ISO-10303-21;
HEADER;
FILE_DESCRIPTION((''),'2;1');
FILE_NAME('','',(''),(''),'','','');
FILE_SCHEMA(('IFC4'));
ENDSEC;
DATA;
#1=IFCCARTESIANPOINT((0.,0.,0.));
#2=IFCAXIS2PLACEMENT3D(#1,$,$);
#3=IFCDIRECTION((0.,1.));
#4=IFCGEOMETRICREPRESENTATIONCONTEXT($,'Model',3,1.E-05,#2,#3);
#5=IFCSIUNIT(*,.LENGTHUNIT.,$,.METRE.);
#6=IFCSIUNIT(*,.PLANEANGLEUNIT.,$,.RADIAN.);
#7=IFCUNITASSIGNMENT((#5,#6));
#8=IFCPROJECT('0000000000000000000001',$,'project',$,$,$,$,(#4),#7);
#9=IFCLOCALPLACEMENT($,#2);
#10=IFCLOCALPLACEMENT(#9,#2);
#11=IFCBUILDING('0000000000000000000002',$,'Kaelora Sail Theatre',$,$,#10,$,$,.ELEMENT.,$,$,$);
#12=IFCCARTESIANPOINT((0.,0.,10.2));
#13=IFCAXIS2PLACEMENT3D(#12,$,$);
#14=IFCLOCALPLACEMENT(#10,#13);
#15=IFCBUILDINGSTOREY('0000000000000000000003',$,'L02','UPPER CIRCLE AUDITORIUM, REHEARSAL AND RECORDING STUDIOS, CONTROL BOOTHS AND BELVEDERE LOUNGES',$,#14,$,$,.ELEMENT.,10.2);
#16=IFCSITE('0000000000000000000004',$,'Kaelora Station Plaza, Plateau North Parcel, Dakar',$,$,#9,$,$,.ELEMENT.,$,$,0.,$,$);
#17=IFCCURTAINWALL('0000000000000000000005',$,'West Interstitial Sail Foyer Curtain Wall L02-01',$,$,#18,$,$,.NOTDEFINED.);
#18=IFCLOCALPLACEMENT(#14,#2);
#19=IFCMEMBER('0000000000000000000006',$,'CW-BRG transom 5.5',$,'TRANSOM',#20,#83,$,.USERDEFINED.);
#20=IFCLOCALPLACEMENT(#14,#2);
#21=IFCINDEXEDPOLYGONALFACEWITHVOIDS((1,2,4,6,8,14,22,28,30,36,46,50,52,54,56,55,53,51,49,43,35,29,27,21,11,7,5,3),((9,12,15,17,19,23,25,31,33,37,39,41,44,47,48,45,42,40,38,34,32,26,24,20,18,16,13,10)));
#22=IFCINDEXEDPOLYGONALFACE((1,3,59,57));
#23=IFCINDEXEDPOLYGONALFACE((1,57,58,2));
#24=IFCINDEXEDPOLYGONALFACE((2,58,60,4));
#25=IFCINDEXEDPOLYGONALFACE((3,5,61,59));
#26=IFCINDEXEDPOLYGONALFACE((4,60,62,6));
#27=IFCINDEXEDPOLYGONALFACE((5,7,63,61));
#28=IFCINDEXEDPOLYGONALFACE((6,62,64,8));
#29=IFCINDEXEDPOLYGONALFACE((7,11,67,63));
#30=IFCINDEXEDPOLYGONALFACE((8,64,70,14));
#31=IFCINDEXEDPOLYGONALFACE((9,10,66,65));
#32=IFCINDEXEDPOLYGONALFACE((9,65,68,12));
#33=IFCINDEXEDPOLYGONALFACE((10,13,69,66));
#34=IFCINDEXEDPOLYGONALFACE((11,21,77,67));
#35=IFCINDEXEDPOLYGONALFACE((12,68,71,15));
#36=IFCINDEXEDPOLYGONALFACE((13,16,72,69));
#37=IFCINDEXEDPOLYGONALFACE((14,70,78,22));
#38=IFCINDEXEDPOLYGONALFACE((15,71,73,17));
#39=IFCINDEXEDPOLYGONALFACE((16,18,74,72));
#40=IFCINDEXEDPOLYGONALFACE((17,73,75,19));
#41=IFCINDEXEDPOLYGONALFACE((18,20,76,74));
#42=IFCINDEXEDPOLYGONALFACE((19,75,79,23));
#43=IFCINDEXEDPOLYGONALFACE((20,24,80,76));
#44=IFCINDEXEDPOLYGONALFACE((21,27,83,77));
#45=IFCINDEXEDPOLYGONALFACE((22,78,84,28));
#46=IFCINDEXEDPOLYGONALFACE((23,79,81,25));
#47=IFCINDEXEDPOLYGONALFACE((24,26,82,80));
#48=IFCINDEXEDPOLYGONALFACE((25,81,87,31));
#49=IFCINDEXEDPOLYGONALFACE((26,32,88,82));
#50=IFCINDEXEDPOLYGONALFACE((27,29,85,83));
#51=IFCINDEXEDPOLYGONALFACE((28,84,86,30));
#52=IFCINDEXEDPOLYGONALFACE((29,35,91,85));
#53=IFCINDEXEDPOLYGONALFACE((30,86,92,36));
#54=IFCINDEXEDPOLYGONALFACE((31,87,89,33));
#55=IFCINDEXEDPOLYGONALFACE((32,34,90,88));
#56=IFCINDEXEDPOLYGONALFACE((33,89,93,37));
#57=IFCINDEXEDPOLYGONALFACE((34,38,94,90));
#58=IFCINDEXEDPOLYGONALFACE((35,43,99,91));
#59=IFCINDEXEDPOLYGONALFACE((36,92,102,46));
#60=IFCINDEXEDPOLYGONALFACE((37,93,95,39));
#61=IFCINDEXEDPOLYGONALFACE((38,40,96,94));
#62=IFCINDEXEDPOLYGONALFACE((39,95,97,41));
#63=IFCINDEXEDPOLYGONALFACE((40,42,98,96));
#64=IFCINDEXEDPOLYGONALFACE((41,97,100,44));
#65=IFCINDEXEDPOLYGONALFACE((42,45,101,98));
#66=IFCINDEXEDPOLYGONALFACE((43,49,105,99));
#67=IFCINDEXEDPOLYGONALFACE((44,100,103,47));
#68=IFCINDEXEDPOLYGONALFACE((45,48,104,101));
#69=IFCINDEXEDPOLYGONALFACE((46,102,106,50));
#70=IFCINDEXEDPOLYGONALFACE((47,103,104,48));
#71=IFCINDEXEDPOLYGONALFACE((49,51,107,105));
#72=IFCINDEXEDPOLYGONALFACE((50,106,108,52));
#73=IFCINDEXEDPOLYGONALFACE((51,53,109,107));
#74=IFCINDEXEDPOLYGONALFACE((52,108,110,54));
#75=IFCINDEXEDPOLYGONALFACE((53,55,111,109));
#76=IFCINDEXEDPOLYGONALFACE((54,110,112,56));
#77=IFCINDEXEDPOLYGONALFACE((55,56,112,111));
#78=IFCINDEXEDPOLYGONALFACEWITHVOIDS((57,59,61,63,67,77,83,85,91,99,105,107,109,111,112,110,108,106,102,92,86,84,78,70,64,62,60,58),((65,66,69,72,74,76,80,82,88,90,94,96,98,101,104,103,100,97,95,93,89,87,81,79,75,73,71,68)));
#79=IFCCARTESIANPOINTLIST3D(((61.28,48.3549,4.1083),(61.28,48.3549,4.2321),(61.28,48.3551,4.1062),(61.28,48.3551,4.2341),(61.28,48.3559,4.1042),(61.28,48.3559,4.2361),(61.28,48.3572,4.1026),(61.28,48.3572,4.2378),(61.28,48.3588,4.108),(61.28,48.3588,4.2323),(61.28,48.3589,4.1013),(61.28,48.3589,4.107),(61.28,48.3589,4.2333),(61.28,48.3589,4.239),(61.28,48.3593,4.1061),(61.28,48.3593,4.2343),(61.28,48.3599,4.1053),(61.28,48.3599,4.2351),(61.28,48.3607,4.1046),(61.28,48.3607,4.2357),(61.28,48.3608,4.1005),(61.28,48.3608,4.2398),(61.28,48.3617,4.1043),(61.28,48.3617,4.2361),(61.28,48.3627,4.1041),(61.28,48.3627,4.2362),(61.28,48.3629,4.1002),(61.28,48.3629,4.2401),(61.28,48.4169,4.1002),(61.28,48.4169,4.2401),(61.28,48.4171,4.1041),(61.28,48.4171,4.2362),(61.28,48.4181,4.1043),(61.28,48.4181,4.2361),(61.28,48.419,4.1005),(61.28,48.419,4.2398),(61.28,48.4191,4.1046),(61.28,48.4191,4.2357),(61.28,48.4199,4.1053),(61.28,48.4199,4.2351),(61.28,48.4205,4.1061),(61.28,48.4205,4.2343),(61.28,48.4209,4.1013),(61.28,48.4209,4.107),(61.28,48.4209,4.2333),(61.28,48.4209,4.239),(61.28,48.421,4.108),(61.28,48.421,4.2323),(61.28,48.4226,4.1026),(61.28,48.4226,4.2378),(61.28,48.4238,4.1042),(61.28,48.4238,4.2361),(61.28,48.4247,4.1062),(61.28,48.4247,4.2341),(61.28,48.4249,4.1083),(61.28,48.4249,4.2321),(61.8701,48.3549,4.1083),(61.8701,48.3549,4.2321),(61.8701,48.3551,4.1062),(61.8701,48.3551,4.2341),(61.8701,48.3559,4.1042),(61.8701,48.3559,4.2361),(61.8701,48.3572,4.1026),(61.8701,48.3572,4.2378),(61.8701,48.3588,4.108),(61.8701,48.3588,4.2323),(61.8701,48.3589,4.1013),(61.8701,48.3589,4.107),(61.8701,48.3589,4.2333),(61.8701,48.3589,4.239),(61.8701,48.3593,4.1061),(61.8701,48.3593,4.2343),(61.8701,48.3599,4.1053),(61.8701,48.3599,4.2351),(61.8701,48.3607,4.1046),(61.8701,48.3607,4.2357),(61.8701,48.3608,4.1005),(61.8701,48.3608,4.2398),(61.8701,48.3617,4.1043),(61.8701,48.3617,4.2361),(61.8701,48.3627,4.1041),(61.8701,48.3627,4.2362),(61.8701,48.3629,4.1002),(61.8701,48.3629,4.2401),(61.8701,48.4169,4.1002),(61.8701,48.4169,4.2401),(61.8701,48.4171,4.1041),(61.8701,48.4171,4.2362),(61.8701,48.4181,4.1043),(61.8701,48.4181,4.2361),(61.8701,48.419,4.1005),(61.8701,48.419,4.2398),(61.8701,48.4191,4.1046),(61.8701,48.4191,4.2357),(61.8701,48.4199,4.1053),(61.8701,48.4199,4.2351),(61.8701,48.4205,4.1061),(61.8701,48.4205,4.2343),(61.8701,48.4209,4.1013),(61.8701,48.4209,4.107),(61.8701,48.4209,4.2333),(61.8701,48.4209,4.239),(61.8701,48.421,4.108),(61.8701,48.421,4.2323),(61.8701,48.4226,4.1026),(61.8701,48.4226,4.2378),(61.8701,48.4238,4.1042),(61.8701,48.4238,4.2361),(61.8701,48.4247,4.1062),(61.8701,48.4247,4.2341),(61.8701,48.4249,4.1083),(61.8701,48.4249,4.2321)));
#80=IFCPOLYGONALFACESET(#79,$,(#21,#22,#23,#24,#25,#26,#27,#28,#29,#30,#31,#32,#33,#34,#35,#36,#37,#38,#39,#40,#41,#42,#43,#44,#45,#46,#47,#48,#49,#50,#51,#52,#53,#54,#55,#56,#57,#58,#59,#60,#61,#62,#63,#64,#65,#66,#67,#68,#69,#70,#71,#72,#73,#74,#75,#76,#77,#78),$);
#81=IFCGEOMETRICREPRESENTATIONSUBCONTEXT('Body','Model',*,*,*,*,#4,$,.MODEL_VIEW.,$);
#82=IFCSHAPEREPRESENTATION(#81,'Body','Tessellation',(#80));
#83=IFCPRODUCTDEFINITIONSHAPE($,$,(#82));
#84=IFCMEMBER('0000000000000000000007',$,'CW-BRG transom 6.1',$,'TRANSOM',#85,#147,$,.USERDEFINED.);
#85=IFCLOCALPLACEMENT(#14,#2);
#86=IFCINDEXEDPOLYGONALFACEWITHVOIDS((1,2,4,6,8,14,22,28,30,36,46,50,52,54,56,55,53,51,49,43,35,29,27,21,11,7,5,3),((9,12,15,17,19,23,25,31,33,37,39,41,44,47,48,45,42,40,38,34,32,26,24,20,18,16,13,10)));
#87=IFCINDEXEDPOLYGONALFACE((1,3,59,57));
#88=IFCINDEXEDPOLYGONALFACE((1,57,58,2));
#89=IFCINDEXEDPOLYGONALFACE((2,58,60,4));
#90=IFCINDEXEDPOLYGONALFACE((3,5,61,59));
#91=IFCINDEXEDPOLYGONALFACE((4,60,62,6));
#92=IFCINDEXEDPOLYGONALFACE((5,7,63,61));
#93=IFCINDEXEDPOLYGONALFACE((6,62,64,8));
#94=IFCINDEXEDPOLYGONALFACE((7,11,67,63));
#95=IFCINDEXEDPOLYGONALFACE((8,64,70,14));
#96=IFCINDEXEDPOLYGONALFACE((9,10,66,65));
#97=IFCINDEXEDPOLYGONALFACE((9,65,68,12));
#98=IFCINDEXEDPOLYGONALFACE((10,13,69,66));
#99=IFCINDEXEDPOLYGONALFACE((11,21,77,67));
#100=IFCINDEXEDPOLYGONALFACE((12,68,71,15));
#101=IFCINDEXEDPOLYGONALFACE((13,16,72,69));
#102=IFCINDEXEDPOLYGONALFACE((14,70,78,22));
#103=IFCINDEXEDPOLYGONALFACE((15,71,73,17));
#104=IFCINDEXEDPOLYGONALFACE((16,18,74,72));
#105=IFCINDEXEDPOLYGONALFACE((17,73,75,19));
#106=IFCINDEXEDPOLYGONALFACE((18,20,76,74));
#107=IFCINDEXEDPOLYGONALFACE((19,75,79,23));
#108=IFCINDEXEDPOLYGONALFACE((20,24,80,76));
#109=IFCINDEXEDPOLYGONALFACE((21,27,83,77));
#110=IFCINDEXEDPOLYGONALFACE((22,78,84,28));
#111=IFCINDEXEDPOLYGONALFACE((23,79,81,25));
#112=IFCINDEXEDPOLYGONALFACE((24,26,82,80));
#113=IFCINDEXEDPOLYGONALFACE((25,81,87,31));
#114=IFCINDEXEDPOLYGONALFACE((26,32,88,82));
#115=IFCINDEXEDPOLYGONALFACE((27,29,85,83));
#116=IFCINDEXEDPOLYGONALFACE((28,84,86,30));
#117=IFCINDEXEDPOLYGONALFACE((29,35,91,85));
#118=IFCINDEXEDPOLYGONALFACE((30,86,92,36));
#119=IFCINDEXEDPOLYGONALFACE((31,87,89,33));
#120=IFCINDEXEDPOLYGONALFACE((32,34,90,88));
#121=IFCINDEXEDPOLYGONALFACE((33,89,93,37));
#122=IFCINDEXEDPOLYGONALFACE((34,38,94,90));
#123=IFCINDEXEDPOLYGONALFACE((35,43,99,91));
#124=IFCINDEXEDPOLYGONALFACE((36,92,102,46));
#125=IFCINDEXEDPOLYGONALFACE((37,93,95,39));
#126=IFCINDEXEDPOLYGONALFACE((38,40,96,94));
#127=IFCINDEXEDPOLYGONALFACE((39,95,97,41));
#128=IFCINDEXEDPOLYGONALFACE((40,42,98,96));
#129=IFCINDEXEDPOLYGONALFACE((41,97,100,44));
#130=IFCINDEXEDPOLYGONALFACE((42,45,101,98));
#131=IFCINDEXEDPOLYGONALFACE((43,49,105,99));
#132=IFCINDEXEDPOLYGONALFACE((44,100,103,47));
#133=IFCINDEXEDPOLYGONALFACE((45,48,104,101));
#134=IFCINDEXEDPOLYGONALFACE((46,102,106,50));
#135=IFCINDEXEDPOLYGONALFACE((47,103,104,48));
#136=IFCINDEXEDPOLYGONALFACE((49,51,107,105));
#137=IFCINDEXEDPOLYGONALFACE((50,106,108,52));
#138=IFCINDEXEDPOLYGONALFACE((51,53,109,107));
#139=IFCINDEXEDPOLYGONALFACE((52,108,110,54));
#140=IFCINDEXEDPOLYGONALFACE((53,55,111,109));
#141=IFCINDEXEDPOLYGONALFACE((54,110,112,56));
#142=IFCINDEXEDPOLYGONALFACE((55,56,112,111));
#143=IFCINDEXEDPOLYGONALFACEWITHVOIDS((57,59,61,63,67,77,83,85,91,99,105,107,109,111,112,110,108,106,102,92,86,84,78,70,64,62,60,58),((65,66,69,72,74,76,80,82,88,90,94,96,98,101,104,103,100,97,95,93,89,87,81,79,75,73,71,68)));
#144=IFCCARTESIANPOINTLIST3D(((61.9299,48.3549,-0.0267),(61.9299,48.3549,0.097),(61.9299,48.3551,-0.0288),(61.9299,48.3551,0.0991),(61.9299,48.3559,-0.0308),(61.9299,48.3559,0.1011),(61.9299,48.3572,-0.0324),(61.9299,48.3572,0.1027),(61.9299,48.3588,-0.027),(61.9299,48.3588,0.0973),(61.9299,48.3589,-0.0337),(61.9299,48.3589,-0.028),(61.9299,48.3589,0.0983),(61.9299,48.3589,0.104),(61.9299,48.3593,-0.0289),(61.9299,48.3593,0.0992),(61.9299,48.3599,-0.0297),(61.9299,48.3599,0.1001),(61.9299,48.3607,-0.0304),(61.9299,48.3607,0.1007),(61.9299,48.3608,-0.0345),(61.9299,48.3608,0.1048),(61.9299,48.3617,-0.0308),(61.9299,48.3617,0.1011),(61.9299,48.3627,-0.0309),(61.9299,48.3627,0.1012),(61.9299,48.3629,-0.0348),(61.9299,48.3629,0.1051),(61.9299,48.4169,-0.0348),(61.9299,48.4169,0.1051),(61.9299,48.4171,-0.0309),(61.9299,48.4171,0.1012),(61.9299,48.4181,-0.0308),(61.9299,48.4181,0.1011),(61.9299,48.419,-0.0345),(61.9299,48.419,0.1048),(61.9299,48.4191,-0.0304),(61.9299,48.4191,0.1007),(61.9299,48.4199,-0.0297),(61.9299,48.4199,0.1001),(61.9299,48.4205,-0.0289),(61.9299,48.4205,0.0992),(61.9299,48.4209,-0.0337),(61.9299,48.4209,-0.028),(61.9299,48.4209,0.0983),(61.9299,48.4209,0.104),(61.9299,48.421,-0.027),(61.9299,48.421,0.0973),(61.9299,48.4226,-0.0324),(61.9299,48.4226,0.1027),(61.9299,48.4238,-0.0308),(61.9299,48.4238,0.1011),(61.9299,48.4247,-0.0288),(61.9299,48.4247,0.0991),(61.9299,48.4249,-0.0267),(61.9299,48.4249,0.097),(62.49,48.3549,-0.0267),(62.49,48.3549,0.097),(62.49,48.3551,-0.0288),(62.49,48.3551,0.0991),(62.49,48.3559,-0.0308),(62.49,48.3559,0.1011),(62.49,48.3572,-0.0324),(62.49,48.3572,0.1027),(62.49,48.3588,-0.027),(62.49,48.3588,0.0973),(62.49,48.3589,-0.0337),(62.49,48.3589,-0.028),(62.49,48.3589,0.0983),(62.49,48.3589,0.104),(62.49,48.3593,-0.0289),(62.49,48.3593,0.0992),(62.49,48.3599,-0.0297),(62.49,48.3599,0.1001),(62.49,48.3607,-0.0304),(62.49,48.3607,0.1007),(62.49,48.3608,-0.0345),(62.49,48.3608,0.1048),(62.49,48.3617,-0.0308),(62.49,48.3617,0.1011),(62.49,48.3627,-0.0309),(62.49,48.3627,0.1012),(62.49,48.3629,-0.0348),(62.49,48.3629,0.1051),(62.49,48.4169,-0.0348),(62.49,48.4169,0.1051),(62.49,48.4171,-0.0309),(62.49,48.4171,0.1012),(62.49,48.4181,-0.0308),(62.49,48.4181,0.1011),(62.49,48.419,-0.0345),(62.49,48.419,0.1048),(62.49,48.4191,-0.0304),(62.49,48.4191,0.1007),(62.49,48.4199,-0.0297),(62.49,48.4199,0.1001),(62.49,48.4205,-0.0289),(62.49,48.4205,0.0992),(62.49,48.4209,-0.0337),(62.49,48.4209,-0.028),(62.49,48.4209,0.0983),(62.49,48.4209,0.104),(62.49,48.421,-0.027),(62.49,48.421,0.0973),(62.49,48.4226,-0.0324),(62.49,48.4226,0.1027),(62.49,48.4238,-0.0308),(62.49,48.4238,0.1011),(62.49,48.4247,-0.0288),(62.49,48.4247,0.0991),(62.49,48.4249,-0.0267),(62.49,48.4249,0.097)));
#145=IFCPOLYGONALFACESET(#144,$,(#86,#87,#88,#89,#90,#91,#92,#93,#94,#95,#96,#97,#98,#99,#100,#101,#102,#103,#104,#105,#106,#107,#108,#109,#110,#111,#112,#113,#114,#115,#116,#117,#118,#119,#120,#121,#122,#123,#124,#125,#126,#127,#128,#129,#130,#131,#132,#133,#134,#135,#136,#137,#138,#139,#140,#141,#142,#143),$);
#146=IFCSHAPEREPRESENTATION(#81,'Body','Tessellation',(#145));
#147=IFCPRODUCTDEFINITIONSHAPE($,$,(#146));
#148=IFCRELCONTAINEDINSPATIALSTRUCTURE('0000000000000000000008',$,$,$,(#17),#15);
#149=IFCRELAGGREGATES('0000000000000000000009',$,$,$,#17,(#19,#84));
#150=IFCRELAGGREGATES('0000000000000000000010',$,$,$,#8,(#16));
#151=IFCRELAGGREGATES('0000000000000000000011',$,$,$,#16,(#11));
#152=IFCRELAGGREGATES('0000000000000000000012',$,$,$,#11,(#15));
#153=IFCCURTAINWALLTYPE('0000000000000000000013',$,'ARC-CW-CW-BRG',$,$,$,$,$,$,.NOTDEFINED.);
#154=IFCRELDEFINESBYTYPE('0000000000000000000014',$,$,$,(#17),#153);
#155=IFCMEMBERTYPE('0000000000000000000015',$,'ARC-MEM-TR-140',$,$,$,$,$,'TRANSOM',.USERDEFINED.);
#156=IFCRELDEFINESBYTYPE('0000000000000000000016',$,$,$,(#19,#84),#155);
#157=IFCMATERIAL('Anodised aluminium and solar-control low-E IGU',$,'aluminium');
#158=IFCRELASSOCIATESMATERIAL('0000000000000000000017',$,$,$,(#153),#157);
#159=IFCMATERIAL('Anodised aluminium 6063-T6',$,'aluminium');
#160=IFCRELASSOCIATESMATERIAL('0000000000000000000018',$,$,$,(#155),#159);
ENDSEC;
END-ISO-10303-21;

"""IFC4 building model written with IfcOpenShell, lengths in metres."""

from ifc_helpers import new_model, si_unit, direction, frame, origin, origin_2d, place, context, subcontext, project, spatial, hollow_rectangle, extrude, material, material_profile, profile_set, type_object, element, aggregate, save


model = new_model("IFC4")

# Units and contexts
model_context = context("Model", 3, precision=1e-05, world=origin(), true_north=direction((0.0, 1.0)))
body_context = subcontext(model_context, "Body", "Model", "MODEL_VIEW")
ifc_project = project(units=[si_unit("LENGTHUNIT", "METRE"), si_unit("PLANEANGLEUNIT", "RADIAN")], contexts=[model_context])

# Site, building, storey
site_placement = place(None, origin())
site = spatial("IfcSite", under=ifc_project, at=site_placement, Name="Kaelora Station Plaza, Plateau North Parcel, Dakar", CompositionType="ELEMENT", RefElevation=0.0)
building_placement = place(site_placement, origin())
building = spatial("IfcBuilding", under=site, at=building_placement, Name="Kaelora Sail Theatre", CompositionType="ELEMENT")
storey_placement = place(building_placement, frame((0.0, 0.0, 10.2)))
storey = spatial("IfcBuildingStorey", under=building, at=storey_placement, Name="L02", Description="UPPER CIRCLE AUDITORIUM, REHEARSAL AND RECORDING STUDIOS, CONTROL BOOTHS AND BELVEDERE LOUNGES", CompositionType="ELEMENT", Elevation=10.2)

# Curtain wall, members
ifc_material_1 = material(Name="Anodised aluminium and solar-control low-E IGU", Category="aluminium")
curtain_wall_type = type_object("IfcCurtainWallType", Name="ARC-CW-CW-BRG", PredefinedType="NOTDEFINED", material=ifc_material_1)
curtain_wall_placement = place(storey_placement, origin())
curtain_wall = element("IfcCurtainWall", 1, at=curtain_wall_placement, inside=storey, type_object=curtain_wall_type, Name="West Interstitial Sail Foyer Curtain Wall L02-01", PredefinedType="NOTDEFINED")
ifc_material_2 = material(Name="Anodised aluminium 6063-T6", Category="aluminium")
ifc_material_profile_1 = material_profile(ifc_material_2, hollow_rectangle(XDim=0.0701, YDim=0.1399, WallThickness=0.0039, InnerFilletRadius=0.0039, OuterFilletRadius=0.0081, at=origin_2d()), Name="ALU-TRAN 70x140x4")
ifc_profile_set_1 = profile_set([ifc_material_profile_1], Name="Anodised aluminium 6063-T6")
member_type_1 = type_object("IfcMemberType", Name="ARC-MEM-TR-140", ElementType="TRANSOM", PredefinedType="USERDEFINED", material=ifc_profile_set_1)
member_1_placement = place(storey_placement, frame((61.28, 48.3899, 4.1702), z_axis=(1.0, 0.0, 0.0), x_axis=(0.0, 1.0, 0.0)))
member_1 = element("IfcMember", 2, at=member_1_placement, type_object=member_type_1, Name="CW-BRG transom 5.5", ObjectType="TRANSOM", PredefinedType="USERDEFINED", context=body_context, shape_type="SweptSolid", body=[
    extrude(hollow_rectangle(XDim=0.0701, YDim=0.1399, WallThickness=0.0039, InnerFilletRadius=0.0039, OuterFilletRadius=0.0081, at=origin_2d()), origin(), (0.0, 0.0, 1.0), 0.5901),
])
member_2_placement = place(storey_placement, frame((61.9299, 48.3899, 0.0352), z_axis=(1.0, 0.0, 0.0), x_axis=(0.0, 1.0, 0.0)))
member_2 = element("IfcMember", 3, at=member_2_placement, type_object=member_type_1, Name="CW-BRG transom 6.1", ObjectType="TRANSOM", PredefinedType="USERDEFINED", context=body_context, shape_type="SweptSolid", body=[
    extrude(hollow_rectangle(XDim=0.0701, YDim=0.1399, WallThickness=0.0039, InnerFilletRadius=0.0039, OuterFilletRadius=0.0081, at=origin_2d()), origin(), (0.0, 0.0, 1.0), 0.5601),
])
aggregate(curtain_wall, [member_1, member_2])

save(model, "model.ifc")
